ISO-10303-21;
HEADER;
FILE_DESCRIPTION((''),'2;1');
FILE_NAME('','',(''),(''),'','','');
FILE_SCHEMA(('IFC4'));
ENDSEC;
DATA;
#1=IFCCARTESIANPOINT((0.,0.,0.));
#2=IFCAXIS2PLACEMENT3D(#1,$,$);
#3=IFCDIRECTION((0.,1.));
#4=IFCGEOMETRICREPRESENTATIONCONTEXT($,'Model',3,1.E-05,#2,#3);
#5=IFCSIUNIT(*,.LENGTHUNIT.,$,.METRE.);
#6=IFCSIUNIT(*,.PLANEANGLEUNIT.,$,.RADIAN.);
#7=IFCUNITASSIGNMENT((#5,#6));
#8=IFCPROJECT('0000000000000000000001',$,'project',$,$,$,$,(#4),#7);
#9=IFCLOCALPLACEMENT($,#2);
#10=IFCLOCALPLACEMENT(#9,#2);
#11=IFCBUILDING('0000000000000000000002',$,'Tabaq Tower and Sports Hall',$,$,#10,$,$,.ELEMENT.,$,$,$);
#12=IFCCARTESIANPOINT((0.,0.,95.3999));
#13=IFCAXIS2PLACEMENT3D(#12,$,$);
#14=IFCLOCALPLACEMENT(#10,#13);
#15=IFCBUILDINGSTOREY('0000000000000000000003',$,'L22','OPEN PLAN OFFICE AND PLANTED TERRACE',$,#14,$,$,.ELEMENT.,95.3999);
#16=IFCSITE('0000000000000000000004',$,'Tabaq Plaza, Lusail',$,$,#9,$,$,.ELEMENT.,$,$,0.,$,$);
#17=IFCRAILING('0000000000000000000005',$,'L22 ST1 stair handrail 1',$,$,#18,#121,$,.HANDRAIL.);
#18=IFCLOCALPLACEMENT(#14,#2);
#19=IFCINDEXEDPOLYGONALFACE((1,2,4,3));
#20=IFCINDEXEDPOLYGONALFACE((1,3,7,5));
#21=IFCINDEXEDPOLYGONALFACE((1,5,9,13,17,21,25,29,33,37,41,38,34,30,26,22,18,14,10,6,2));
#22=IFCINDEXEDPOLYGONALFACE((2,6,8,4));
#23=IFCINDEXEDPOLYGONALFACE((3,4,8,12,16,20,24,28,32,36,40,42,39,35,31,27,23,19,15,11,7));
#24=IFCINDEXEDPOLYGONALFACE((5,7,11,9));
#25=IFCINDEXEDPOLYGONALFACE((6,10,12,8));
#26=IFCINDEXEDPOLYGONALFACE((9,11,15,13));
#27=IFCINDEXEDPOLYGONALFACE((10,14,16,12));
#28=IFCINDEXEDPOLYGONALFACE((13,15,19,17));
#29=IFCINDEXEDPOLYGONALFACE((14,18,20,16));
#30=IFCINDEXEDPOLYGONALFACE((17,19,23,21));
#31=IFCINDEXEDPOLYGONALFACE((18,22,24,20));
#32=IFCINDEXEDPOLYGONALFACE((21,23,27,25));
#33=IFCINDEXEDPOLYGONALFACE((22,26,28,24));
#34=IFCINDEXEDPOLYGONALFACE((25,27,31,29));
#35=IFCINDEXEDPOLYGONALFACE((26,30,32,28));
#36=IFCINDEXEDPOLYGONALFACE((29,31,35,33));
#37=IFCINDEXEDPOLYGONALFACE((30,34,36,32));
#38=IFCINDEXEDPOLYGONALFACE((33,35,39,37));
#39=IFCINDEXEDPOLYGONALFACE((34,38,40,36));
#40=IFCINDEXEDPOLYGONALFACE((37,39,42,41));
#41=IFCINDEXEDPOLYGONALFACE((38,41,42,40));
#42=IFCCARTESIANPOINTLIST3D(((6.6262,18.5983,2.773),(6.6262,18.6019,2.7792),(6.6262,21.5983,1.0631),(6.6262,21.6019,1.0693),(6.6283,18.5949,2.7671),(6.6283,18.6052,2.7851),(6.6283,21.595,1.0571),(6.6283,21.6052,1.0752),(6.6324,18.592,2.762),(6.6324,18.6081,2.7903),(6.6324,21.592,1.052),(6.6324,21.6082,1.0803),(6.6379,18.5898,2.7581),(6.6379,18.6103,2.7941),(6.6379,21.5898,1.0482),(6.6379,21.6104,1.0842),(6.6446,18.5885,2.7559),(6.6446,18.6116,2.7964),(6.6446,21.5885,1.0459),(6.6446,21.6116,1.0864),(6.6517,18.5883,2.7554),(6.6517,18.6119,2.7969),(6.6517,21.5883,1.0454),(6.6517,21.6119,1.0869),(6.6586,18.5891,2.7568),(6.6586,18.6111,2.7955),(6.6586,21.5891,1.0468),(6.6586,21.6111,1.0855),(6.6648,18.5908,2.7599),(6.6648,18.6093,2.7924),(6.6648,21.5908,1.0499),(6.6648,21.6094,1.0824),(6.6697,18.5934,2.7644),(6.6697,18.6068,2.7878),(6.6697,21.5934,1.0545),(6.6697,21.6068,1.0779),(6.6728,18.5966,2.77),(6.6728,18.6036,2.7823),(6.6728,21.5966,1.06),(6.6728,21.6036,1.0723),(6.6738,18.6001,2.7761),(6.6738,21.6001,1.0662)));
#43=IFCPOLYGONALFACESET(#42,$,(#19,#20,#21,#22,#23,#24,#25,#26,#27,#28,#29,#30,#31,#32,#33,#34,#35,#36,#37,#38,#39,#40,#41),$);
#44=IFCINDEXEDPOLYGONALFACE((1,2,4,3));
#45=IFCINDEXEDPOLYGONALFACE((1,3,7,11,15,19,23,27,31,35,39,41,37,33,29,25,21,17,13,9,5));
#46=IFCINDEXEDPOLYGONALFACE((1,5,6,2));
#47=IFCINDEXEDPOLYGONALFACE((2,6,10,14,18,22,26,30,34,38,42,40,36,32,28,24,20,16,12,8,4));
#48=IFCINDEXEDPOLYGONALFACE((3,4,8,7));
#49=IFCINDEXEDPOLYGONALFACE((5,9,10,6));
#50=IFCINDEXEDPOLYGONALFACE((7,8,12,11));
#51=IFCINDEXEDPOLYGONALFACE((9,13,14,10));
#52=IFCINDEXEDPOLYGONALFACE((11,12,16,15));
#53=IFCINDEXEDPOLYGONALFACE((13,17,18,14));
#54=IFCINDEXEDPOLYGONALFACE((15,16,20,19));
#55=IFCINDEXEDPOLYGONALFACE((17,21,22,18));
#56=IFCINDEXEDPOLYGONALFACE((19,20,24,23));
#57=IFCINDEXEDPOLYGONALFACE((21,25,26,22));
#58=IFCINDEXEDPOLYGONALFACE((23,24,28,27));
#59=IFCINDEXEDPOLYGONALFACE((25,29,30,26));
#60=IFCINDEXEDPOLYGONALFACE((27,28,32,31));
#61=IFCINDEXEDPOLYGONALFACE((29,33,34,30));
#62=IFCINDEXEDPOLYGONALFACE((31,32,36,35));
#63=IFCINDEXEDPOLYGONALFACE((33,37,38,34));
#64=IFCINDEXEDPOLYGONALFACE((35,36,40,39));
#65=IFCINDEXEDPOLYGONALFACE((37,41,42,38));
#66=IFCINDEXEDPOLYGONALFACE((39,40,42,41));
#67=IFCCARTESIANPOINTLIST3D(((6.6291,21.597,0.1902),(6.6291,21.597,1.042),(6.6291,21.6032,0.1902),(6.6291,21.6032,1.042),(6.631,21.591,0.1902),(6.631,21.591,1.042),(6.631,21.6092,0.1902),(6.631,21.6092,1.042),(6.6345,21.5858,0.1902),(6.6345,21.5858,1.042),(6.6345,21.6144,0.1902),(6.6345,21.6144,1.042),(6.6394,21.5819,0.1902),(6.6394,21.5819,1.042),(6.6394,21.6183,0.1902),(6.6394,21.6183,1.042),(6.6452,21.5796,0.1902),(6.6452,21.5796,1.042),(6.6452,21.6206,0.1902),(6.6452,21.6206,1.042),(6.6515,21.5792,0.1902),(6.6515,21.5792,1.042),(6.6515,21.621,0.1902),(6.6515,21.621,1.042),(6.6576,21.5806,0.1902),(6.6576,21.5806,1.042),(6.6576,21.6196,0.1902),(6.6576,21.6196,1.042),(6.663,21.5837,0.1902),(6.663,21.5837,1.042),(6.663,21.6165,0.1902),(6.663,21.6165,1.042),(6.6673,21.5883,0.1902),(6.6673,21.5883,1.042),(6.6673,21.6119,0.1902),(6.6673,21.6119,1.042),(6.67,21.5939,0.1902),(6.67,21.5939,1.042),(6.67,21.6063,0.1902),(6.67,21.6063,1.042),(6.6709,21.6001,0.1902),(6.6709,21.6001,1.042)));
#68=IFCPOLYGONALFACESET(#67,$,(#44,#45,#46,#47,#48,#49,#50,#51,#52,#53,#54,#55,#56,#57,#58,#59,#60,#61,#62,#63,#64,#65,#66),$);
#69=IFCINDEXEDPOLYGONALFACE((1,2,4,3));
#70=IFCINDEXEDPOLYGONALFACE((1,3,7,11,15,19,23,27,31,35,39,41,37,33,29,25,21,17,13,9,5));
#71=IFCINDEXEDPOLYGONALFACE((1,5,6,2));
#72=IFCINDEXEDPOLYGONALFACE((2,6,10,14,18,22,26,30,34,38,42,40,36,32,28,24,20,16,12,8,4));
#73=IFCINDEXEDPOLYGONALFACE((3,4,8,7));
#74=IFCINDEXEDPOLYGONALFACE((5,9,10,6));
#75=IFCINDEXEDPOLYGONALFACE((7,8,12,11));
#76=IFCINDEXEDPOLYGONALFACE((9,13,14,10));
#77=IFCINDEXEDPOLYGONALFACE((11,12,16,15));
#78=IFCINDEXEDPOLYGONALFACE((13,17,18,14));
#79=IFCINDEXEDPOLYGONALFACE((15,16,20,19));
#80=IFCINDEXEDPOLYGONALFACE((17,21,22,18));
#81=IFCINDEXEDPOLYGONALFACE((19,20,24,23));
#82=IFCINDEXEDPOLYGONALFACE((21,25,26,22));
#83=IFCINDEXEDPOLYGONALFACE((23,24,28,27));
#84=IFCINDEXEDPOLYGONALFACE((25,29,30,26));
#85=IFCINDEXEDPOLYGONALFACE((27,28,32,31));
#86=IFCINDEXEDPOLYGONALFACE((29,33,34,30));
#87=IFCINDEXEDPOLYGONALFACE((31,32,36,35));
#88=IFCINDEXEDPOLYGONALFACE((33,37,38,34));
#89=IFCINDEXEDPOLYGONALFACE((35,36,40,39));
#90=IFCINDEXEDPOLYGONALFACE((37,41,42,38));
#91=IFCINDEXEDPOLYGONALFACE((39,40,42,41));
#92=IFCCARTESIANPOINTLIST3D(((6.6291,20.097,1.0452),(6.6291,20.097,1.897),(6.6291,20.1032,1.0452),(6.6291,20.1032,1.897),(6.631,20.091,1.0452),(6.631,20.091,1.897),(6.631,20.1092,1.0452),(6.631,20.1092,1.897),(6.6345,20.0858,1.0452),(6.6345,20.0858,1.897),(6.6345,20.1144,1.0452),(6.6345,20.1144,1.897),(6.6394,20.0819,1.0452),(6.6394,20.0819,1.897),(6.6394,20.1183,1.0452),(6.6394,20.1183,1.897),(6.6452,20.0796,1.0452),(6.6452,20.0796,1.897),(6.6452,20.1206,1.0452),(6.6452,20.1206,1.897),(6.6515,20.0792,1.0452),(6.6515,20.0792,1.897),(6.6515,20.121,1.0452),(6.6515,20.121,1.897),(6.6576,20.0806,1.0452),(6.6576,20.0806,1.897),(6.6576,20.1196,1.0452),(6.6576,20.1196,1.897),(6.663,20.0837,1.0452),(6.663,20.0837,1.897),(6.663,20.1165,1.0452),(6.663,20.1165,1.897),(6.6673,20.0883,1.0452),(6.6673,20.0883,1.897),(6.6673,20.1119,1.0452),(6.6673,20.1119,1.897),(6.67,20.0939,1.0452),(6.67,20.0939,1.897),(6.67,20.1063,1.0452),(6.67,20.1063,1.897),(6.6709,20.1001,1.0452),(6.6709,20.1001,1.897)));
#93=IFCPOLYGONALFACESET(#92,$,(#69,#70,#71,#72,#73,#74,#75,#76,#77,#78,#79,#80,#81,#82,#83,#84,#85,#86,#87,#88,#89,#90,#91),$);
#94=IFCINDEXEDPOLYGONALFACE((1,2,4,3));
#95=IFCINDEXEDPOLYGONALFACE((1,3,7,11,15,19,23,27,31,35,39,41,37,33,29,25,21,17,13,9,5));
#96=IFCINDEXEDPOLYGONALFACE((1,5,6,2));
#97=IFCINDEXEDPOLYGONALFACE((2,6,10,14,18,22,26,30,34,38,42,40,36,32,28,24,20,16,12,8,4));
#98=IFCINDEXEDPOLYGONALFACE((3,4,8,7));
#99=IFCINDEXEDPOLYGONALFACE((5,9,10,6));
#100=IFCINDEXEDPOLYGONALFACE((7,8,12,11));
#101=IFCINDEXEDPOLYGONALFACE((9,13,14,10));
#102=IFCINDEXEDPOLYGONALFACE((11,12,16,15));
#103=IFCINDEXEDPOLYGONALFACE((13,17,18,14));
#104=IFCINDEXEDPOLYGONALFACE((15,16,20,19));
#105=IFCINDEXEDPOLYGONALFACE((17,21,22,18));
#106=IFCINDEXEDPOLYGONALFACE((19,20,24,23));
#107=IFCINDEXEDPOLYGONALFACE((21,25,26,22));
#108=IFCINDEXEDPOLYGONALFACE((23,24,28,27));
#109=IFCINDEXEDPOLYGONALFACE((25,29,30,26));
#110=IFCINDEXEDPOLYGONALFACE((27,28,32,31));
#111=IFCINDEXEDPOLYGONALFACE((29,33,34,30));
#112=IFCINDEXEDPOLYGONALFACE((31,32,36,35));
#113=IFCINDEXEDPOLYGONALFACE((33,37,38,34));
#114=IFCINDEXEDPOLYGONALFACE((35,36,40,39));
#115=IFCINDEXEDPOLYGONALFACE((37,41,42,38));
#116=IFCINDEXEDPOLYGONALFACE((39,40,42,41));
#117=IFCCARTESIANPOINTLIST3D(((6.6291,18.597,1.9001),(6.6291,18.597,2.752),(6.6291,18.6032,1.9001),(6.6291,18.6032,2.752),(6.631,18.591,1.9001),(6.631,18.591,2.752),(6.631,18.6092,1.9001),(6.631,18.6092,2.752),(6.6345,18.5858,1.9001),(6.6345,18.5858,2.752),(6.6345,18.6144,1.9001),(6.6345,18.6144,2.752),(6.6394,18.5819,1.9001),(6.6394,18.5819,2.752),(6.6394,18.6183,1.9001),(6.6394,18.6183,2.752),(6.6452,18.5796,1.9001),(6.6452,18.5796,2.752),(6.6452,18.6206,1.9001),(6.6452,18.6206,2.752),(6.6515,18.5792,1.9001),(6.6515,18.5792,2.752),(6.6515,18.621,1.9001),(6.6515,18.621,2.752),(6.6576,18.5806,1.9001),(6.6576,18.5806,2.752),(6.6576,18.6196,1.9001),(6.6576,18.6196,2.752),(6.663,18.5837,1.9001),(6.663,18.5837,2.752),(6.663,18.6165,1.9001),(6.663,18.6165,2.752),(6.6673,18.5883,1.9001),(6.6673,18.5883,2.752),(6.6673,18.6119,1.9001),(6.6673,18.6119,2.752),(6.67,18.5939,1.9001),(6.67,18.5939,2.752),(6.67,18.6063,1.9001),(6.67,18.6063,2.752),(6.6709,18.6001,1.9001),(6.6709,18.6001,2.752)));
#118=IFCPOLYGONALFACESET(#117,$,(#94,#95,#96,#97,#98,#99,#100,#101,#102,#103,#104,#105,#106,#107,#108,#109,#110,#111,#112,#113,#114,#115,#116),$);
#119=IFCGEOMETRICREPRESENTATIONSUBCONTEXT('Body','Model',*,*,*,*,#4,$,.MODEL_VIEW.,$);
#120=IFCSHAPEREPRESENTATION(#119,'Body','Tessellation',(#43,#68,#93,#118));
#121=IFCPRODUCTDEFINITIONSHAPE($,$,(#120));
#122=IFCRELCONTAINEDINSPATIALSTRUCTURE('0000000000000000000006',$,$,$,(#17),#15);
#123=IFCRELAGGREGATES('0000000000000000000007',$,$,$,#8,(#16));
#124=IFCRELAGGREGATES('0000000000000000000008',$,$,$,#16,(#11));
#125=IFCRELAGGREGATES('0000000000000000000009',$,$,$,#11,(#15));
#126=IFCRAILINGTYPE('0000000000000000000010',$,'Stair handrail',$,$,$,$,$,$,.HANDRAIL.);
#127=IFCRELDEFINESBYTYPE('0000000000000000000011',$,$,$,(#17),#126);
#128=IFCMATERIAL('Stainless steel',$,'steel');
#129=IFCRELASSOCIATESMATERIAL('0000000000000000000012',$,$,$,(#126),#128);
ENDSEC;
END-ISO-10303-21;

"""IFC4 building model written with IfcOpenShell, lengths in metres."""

from ifc_helpers import new_model, si_unit, direction, frame, origin, origin_2d, place, context, subcontext, project, spatial, circle, extrude, material, type_object, element, save


model = new_model("IFC4")

# Units and contexts
model_context = context("Model", 3, precision=1e-05, world=origin(), true_north=direction((0.0, 1.0)))
body_context = subcontext(model_context, "Body", "Model", "MODEL_VIEW")
ifc_project = project(units=[si_unit("LENGTHUNIT", "METRE"), si_unit("PLANEANGLEUNIT", "RADIAN")], contexts=[model_context])

# Site, building, storey
site_placement = place(None, origin())
site = spatial("IfcSite", under=ifc_project, at=site_placement, Name="Tabaq Plaza, Lusail", CompositionType="ELEMENT", RefElevation=0.0)
building_placement = place(site_placement, origin())
building = spatial("IfcBuilding", under=site, at=building_placement, Name="Tabaq Tower and Sports Hall", CompositionType="ELEMENT")
storey_placement = place(building_placement, frame((0.0, 0.0, 95.3999)))
storey = spatial("IfcBuildingStorey", under=building, at=storey_placement, Name="L22", Description="OPEN PLAN OFFICE AND PLANTED TERRACE", CompositionType="ELEMENT", Elevation=95.3999)

# Railing
ifc_material_1 = material(Name="Stainless steel", Category="steel")
railing_type_1 = type_object("IfcRailingType", Name="Stair handrail", PredefinedType="HANDRAIL", material=ifc_material_1)
railing_1_placement = place(storey_placement, frame((6.6499, 21.6001, 0.1902)))
element("IfcRailing", 1, at=railing_1_placement, inside=storey, type_object=railing_type_1, Name="L22 ST1 stair handrail 1", PredefinedType="HANDRAIL", context=body_context, shape_type="SweptSolid", body=[
    extrude(circle(Radius=0.0239, at=origin_2d()), frame((0.0, 0.0, 0.876), z_axis=(0.0, -0.868782, 0.495195), x_axis=(1.0, 0.0, 0.0)), (0.0, 0.0, 1.0), 3.4531),
    extrude(circle(Radius=0.021, at=origin_2d()), origin(), (0.0, 0.0, 1.0), 0.8518),
    extrude(circle(Radius=0.021, at=origin_2d()), frame((0.0, -1.5, 0.855)), (0.0, 0.0, 1.0), 0.8518),
    extrude(circle(Radius=0.021, at=origin_2d()), frame((0.0, -3.0, 1.71)), (0.0, 0.0, 1.0), 0.8518),
])

save(model, "model.ifc")
